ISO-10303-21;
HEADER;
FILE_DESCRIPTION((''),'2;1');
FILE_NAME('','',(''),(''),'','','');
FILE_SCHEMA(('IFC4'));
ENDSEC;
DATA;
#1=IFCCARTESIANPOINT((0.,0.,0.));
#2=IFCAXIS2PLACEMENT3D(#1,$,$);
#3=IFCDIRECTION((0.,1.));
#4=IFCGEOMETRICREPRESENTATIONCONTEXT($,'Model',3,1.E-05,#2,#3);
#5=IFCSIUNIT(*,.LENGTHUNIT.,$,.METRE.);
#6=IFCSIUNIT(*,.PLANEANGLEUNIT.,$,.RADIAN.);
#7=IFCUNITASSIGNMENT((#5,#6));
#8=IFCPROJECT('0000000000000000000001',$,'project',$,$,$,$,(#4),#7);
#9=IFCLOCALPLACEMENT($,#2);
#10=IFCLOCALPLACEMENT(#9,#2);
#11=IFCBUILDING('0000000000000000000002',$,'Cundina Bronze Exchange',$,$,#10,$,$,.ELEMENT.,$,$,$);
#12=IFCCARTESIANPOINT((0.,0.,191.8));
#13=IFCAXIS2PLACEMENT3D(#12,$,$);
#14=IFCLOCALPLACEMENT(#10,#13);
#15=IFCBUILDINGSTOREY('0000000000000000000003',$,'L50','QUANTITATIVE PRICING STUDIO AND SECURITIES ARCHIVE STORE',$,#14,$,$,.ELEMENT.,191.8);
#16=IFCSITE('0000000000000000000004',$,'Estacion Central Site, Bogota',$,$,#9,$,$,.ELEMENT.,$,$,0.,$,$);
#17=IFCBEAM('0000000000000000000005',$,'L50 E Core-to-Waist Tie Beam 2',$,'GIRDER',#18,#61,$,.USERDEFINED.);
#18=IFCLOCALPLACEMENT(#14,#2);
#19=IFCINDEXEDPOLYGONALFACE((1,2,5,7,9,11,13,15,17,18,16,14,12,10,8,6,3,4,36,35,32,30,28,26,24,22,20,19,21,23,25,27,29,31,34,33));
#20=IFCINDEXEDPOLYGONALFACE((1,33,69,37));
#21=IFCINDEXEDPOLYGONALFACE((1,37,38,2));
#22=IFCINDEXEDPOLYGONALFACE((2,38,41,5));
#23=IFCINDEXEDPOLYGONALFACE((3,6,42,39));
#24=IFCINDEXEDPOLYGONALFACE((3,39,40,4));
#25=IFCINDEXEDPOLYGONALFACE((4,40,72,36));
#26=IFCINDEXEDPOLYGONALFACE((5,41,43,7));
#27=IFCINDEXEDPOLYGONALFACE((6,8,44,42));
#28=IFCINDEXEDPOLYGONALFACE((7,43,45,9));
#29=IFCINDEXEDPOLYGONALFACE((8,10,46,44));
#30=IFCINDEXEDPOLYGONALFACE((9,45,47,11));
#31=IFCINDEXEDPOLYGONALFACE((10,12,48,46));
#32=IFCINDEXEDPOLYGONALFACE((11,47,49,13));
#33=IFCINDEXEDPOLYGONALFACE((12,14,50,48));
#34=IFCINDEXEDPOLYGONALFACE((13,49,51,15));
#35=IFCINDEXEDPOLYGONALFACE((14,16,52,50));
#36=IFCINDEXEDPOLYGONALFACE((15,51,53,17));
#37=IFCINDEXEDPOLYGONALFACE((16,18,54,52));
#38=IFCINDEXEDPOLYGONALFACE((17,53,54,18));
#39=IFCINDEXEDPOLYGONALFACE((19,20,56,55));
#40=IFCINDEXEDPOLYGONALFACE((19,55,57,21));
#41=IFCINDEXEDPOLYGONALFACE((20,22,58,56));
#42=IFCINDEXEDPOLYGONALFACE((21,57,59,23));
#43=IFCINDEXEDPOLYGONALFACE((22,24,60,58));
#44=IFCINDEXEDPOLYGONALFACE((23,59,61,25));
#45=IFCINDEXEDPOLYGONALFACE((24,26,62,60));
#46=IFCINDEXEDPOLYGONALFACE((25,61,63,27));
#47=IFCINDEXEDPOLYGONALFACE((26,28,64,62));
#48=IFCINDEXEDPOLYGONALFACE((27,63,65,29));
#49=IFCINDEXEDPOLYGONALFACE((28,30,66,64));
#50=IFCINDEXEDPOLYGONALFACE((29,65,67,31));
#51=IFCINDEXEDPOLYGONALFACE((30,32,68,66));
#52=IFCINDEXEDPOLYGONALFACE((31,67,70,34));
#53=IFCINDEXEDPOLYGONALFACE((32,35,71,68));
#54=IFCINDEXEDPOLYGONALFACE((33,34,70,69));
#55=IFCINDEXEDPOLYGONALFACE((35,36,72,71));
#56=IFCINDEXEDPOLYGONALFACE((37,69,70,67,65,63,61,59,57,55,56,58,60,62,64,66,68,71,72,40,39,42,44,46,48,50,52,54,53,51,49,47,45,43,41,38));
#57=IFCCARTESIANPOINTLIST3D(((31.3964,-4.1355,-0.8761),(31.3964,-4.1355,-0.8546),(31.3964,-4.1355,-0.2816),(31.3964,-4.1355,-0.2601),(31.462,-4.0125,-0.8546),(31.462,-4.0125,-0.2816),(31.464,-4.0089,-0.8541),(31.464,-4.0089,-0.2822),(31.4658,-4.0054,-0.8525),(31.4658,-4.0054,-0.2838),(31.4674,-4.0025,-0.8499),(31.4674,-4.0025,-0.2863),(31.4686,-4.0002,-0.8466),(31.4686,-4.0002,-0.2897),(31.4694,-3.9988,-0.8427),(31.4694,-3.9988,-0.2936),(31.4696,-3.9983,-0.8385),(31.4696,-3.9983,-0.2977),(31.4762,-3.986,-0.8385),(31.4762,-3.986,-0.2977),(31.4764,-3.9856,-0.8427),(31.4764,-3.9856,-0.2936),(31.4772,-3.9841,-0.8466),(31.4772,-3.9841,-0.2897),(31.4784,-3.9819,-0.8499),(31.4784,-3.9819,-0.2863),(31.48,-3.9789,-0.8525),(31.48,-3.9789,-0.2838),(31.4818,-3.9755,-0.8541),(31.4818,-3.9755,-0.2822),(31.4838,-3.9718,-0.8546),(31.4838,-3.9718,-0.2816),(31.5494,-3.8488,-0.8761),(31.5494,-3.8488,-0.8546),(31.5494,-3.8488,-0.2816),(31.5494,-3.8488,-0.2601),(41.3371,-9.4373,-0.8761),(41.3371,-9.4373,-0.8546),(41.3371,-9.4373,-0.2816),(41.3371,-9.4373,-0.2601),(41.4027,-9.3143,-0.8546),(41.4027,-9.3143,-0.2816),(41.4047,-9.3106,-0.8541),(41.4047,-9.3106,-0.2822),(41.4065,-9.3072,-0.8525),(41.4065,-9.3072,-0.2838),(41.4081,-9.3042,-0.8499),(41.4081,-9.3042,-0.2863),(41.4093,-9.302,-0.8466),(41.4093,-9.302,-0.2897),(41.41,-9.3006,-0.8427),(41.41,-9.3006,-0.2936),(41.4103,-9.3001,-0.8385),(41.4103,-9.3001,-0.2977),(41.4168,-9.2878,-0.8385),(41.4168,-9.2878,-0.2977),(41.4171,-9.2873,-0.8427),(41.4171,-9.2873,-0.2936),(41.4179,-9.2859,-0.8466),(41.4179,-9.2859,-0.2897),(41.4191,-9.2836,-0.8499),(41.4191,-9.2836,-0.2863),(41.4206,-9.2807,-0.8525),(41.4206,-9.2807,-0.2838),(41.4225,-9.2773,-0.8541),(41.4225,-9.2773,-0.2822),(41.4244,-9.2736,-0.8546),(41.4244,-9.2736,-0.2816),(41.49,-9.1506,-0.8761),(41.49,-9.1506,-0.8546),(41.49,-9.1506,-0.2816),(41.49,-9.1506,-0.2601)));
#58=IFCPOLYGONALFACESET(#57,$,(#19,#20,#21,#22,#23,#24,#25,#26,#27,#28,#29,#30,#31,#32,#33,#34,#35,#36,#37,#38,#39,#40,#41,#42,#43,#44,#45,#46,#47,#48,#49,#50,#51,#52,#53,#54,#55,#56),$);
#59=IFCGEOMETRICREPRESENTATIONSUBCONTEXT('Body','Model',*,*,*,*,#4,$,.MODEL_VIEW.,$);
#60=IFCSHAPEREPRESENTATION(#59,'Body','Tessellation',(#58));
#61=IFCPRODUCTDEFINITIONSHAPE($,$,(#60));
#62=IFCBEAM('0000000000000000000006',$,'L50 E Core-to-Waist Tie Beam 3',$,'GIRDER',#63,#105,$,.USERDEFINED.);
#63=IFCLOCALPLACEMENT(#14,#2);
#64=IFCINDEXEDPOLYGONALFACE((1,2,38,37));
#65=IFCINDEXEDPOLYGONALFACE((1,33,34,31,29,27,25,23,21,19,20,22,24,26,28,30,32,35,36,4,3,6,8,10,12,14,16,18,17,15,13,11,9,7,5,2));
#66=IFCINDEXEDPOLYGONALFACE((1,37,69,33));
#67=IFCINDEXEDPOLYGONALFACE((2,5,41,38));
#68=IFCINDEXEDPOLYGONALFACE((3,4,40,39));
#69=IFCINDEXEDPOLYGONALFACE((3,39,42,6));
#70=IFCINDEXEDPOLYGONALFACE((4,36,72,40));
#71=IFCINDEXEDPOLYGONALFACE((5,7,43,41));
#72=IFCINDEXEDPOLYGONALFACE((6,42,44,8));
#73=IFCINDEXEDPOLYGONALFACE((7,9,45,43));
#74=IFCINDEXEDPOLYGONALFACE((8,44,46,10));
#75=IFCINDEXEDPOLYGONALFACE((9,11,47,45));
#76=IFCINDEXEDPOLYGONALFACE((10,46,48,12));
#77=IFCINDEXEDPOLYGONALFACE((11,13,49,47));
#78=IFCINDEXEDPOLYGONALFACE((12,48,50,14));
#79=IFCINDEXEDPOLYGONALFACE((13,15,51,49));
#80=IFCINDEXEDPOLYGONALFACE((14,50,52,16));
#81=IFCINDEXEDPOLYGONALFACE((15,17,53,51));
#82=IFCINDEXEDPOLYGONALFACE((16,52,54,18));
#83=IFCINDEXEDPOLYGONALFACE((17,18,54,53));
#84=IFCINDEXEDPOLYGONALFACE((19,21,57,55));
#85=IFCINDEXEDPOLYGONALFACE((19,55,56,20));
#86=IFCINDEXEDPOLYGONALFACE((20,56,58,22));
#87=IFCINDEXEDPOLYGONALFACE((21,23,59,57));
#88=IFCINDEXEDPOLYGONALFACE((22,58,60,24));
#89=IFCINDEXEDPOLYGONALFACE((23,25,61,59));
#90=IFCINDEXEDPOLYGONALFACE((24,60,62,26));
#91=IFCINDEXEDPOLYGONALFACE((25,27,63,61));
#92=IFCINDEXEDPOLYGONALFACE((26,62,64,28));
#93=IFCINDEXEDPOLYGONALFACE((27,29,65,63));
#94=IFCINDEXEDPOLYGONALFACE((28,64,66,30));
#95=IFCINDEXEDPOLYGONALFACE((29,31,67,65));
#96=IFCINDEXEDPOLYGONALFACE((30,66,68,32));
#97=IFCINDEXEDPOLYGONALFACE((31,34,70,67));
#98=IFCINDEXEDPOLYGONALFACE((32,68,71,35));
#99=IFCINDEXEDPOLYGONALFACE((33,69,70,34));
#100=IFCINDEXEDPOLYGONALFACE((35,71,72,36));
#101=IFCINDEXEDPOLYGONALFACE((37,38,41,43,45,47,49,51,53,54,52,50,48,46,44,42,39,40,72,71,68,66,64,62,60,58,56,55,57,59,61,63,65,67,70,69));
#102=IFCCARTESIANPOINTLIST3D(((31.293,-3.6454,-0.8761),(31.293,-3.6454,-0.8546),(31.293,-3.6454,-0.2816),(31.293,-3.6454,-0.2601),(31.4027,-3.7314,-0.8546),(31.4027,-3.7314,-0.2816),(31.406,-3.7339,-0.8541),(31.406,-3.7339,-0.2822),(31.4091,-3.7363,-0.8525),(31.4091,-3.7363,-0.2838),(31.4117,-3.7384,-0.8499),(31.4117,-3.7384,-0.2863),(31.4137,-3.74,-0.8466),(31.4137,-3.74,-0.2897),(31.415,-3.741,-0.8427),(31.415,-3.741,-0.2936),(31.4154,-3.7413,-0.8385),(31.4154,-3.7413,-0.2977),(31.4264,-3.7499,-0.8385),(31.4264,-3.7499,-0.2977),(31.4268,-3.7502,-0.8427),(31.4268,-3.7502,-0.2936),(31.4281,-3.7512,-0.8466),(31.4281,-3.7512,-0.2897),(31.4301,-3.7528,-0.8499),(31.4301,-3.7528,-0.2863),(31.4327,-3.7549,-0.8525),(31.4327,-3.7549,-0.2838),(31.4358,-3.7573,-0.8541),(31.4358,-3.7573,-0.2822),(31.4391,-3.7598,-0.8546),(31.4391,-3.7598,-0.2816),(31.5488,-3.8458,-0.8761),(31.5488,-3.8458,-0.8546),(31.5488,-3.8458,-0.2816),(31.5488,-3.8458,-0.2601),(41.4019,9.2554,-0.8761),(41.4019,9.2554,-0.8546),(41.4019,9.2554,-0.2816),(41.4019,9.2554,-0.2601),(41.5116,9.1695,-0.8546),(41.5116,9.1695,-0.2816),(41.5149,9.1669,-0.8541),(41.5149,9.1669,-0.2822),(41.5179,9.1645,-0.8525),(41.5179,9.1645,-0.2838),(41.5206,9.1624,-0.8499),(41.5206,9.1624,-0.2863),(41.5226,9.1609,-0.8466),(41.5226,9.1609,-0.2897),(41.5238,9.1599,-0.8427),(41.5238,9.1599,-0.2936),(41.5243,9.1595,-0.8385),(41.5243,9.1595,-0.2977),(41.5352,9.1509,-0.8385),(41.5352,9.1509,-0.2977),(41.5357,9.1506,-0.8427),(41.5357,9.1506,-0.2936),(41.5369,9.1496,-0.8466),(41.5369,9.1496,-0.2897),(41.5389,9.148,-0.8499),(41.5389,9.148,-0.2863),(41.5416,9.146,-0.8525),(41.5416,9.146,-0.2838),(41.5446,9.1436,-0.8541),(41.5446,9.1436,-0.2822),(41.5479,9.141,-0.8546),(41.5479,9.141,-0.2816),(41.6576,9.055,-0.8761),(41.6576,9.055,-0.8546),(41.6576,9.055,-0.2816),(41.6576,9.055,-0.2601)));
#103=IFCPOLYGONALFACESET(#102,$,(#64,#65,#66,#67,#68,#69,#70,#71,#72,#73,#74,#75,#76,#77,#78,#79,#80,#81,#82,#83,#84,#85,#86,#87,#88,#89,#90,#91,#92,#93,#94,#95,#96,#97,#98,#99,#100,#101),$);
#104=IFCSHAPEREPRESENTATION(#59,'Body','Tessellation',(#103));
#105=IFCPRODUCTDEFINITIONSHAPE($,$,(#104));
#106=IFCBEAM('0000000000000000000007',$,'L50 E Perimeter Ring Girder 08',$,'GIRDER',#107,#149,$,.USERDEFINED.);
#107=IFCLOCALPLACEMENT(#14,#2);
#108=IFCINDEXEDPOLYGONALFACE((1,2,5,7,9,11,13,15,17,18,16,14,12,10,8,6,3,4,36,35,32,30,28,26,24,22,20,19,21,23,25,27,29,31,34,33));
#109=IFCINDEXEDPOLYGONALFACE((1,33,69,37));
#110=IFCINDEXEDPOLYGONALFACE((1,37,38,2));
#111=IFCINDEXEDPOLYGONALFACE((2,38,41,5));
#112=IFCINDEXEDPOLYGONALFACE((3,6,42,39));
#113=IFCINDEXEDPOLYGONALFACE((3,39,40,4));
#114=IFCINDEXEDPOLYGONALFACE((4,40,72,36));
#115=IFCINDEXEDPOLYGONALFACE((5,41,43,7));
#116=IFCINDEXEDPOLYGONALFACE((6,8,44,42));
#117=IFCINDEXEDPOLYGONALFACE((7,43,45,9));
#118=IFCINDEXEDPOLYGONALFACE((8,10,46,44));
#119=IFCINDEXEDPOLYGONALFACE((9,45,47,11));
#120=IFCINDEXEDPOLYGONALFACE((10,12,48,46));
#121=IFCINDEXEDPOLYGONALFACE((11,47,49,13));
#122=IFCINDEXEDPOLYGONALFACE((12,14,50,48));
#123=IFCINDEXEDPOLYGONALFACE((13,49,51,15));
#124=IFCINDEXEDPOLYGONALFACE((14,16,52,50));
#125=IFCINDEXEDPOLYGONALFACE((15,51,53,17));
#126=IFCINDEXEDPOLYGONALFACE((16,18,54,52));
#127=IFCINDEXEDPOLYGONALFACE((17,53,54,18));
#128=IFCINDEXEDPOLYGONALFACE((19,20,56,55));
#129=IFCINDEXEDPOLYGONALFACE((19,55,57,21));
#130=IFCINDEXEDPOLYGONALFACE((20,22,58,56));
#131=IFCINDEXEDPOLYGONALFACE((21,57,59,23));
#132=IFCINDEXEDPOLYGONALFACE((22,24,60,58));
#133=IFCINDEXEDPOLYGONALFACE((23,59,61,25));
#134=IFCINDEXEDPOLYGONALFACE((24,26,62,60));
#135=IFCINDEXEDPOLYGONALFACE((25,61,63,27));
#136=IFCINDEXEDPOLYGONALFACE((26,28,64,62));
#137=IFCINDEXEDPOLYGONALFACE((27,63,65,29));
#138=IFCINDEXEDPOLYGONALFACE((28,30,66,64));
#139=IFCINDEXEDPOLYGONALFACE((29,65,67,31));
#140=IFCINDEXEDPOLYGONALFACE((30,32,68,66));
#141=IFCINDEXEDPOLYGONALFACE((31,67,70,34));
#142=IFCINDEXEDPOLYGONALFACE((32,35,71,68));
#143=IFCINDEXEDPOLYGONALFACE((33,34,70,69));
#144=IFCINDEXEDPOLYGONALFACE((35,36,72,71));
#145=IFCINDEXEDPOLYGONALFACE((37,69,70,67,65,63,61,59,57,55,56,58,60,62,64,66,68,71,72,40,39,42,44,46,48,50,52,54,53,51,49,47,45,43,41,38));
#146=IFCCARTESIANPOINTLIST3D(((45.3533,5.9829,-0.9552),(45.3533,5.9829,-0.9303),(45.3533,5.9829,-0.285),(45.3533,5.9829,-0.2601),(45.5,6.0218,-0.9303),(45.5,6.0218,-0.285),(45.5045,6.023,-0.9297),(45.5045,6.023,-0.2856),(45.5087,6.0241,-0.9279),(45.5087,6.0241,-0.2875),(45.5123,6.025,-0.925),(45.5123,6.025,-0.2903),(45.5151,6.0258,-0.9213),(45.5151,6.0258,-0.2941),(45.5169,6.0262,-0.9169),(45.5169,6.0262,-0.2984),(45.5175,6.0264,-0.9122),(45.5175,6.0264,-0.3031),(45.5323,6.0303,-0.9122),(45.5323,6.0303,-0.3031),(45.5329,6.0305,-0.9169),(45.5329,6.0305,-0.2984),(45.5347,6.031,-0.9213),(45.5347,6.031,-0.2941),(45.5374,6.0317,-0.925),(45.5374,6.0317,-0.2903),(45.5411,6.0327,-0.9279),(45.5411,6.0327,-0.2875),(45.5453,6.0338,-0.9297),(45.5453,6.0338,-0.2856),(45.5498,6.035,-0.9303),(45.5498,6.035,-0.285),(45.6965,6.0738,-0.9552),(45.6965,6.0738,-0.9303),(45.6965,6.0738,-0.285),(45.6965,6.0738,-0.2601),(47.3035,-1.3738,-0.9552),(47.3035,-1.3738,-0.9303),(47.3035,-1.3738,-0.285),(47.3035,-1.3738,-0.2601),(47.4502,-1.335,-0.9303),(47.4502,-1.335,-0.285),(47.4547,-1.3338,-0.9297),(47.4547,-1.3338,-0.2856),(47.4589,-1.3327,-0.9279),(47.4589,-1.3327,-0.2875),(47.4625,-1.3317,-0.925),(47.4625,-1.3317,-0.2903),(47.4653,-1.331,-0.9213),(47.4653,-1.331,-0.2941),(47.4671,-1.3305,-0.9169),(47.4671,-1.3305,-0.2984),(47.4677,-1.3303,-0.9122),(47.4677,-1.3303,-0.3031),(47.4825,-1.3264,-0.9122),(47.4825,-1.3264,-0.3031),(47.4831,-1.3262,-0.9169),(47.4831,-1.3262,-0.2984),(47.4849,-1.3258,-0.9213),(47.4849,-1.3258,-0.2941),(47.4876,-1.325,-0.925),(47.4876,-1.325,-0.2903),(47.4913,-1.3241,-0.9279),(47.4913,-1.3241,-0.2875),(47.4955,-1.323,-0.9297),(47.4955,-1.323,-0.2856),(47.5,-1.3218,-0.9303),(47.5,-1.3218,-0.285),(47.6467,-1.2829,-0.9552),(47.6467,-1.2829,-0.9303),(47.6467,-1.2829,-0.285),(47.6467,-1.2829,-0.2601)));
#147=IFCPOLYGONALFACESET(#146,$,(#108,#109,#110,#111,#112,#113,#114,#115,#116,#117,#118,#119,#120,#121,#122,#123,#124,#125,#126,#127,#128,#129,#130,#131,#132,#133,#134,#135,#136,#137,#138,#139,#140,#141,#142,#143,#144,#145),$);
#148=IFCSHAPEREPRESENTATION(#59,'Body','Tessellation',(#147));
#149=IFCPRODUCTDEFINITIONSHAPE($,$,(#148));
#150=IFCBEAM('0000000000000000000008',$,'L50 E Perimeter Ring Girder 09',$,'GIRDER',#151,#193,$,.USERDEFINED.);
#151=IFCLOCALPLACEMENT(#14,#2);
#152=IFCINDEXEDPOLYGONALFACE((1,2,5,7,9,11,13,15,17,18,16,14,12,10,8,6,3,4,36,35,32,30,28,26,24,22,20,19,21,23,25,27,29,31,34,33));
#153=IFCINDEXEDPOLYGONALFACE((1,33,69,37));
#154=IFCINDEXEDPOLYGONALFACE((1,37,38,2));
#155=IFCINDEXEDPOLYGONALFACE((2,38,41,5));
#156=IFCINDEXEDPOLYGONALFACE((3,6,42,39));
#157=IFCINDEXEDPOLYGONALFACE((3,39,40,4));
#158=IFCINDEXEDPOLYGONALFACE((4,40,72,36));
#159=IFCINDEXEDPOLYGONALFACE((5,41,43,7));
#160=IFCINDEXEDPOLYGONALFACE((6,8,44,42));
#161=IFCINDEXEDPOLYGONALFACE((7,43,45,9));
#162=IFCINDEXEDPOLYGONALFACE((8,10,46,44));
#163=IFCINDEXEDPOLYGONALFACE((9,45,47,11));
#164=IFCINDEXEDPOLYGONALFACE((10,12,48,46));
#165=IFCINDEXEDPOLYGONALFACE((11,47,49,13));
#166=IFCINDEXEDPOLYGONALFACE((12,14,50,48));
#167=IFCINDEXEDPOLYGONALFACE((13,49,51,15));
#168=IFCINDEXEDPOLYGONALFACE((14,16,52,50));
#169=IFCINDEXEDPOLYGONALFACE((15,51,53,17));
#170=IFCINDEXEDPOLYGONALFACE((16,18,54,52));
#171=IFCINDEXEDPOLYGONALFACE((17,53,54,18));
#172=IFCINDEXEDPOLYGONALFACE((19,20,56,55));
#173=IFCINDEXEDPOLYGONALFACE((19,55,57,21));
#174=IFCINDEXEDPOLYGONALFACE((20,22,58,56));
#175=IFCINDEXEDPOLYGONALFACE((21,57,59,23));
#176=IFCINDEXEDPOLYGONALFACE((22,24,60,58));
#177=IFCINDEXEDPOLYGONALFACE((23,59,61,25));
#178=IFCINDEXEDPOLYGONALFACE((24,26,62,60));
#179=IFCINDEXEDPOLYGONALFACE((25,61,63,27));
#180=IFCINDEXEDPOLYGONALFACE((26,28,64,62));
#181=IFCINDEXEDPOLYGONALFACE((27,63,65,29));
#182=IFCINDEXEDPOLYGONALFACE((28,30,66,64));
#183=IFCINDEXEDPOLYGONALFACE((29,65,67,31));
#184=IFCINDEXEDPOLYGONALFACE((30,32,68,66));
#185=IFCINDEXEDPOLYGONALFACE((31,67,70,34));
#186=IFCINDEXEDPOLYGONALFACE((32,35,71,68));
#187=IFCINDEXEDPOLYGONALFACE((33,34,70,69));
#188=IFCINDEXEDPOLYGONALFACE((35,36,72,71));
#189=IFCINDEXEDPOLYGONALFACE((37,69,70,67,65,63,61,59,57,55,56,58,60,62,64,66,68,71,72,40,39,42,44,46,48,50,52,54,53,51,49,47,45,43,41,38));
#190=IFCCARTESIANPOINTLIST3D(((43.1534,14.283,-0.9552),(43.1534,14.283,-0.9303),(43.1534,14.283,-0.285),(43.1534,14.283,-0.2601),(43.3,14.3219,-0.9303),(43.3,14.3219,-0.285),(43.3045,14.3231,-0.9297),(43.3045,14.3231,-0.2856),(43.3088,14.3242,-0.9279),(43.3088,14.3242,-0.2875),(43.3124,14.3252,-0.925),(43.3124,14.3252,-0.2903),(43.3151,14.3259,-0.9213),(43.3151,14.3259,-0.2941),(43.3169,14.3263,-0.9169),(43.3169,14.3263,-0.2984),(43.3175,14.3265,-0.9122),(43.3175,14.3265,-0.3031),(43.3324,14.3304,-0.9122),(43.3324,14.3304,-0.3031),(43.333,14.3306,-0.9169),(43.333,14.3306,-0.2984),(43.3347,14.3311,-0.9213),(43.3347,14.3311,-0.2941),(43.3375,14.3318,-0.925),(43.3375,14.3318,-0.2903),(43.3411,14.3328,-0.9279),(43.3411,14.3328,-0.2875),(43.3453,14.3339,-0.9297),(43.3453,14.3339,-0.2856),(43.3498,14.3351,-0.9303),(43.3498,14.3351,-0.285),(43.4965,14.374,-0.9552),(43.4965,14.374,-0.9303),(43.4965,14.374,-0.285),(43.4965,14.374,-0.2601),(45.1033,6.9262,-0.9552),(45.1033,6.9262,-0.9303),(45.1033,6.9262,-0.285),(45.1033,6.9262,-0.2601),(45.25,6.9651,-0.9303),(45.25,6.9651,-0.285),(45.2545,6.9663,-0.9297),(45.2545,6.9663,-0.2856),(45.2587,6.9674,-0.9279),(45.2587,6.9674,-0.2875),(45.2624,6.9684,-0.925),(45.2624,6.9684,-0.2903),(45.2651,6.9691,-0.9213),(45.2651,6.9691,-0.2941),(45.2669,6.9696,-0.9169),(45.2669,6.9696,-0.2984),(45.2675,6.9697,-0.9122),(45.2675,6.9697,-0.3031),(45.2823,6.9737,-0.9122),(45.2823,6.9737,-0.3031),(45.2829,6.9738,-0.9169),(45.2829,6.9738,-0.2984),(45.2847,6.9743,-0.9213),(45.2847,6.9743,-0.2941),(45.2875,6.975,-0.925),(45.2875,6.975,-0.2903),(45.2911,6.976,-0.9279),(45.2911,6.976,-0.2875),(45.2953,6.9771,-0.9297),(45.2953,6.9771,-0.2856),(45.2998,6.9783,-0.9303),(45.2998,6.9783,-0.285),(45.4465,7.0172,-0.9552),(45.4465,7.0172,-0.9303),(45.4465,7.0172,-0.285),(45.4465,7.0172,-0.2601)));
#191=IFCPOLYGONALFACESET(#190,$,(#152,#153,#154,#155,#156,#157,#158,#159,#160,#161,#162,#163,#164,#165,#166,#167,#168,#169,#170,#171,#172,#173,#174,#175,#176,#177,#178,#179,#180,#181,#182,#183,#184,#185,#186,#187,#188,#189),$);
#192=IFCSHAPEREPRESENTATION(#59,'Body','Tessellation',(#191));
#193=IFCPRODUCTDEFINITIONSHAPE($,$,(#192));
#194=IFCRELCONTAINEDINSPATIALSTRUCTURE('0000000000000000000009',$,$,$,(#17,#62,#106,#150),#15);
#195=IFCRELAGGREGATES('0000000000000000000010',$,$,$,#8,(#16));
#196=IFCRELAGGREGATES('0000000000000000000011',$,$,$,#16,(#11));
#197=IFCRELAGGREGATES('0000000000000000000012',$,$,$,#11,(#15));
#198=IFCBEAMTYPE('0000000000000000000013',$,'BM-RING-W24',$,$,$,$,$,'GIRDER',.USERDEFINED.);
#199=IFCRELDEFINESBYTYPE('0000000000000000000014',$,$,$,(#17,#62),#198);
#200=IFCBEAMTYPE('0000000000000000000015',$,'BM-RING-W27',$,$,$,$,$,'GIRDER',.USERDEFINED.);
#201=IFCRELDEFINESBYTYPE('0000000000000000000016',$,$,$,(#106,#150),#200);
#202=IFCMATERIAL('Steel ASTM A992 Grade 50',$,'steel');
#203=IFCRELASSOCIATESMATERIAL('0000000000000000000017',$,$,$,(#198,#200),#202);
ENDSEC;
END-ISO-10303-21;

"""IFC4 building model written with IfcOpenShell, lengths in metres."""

from ifc_helpers import new_model, si_unit, direction, frame, origin, origin_2d, place, context, subcontext, project, spatial, i_section, extrude, material, material_profile, profile_set, type_object, element, save


model = new_model("IFC4")

# Units and contexts
model_context = context("Model", 3, precision=1e-05, world=origin(), true_north=direction((0.0, 1.0)))
body_context = subcontext(model_context, "Body", "Model", "MODEL_VIEW")
ifc_project = project(units=[si_unit("LENGTHUNIT", "METRE"), si_unit("PLANEANGLEUNIT", "RADIAN")], contexts=[model_context])

# Site, building, storey
site_placement = place(None, origin())
site = spatial("IfcSite", under=ifc_project, at=site_placement, Name="Estacion Central Site, Bogota", CompositionType="ELEMENT", RefElevation=0.0)
building_placement = place(site_placement, origin())
building = spatial("IfcBuilding", under=site, at=building_placement, Name="Cundina Bronze Exchange", CompositionType="ELEMENT")
storey_placement = place(building_placement, frame((0.0, 0.0, 191.8)))
storey = spatial("IfcBuildingStorey", under=building, at=storey_placement, Name="L50", Description="QUANTITATIVE PRICING STUDIO AND SECURITIES ARCHIVE STORE", CompositionType="ELEMENT", Elevation=191.8)

# Shared definitions
ifc_material_1 = material(Name="Steel ASTM A992 Grade 50", Category="steel")

# Beams
ifc_material_profile_1 = material_profile(ifc_material_1, i_section(OverallWidth=0.325, OverallDepth=0.616, WebThickness=0.0139, FlangeThickness=0.0215, FilletRadius=0.0161, at=origin_2d()), Name="W24X117", Category="steel")
ifc_profile_set_1 = profile_set([ifc_material_profile_1], Name="Steel ASTM A992 Grade 50")
beam_type_1 = type_object("IfcBeamType", Name="BM-RING-W24", ElementType="GIRDER", PredefinedType="USERDEFINED", material=ifc_profile_set_1)
beam_1_placement = place(storey_placement, frame((31.4729, -3.9922, -0.5681), z_axis=(0.882351, -0.470593, 0.0), x_axis=(0.470593, 0.882351, 0.0)))
element("IfcBeam", 1, at=beam_1_placement, inside=storey, type_object=beam_type_1, Name="L50 E Core-to-Waist Tie Beam 2", ObjectType="GIRDER", PredefinedType="USERDEFINED", context=body_context, shape_type="SweptSolid", body=[
    extrude(i_section(OverallWidth=0.325, OverallDepth=0.616, WebThickness=0.0139, FlangeThickness=0.0215, FilletRadius=0.0161, at=origin_2d()), origin(), (0.0, 0.0, 1.0), 11.2661),
])
beam_2_placement = place(storey_placement, frame((31.4209, -3.7456, -0.5681), z_axis=(0.616783, 0.787133, 0.0), x_axis=(-0.787133, 0.616783, 0.0)))
element("IfcBeam", 2, at=beam_2_placement, inside=storey, type_object=beam_type_1, Name="L50 E Core-to-Waist Tie Beam 3", ObjectType="GIRDER", PredefinedType="USERDEFINED", context=body_context, shape_type="SweptSolid", body=[
    extrude(i_section(OverallWidth=0.325, OverallDepth=0.616, WebThickness=0.0139, FlangeThickness=0.0215, FilletRadius=0.0161, at=origin_2d()), origin(), (0.0, 0.0, 1.0), 16.3896),
])
ifc_material_profile_2 = material_profile(ifc_material_1, i_section(OverallWidth=0.355, OverallDepth=0.6951, WebThickness=0.0154, FlangeThickness=0.0249, FilletRadius=0.0181, at=origin_2d()), Name="W27X146", Category="steel")
ifc_profile_set_2 = profile_set([ifc_material_profile_2], Name="Steel ASTM A992 Grade 50")
beam_type_2 = type_object("IfcBeamType", Name="BM-RING-W27", ElementType="GIRDER", PredefinedType="USERDEFINED", material=ifc_profile_set_2)
for number, where, z_axis, x_axis, name in (
    (3, (47.4751, -1.3284, -0.6077), (-0.256241, 0.966613, 0.0), (-0.966613, -0.256241, 0.0), "L50 E Perimeter Ring Girder 08"),
    (4, (45.2749, 6.9717, -0.6077), (-0.256211, 0.966621, 0.0), (-0.966621, -0.256211, 0.0), "L50 E Perimeter Ring Girder 09"),
):
    element("IfcBeam", number, at=place(storey_placement, frame(where, z_axis=z_axis, x_axis=x_axis)), inside=storey, type_object=beam_type_2, Name=name, ObjectType="GIRDER", PredefinedType="USERDEFINED", context=body_context, shape_type="SweptSolid", body=[
        extrude(i_section(OverallWidth=0.355, OverallDepth=0.6951, WebThickness=0.0154, FlangeThickness=0.0249, FilletRadius=0.0181, at=origin_2d()), origin(), (0.0, 0.0, 1.0), 7.6108),
    ])

save(model, "model.ifc")
